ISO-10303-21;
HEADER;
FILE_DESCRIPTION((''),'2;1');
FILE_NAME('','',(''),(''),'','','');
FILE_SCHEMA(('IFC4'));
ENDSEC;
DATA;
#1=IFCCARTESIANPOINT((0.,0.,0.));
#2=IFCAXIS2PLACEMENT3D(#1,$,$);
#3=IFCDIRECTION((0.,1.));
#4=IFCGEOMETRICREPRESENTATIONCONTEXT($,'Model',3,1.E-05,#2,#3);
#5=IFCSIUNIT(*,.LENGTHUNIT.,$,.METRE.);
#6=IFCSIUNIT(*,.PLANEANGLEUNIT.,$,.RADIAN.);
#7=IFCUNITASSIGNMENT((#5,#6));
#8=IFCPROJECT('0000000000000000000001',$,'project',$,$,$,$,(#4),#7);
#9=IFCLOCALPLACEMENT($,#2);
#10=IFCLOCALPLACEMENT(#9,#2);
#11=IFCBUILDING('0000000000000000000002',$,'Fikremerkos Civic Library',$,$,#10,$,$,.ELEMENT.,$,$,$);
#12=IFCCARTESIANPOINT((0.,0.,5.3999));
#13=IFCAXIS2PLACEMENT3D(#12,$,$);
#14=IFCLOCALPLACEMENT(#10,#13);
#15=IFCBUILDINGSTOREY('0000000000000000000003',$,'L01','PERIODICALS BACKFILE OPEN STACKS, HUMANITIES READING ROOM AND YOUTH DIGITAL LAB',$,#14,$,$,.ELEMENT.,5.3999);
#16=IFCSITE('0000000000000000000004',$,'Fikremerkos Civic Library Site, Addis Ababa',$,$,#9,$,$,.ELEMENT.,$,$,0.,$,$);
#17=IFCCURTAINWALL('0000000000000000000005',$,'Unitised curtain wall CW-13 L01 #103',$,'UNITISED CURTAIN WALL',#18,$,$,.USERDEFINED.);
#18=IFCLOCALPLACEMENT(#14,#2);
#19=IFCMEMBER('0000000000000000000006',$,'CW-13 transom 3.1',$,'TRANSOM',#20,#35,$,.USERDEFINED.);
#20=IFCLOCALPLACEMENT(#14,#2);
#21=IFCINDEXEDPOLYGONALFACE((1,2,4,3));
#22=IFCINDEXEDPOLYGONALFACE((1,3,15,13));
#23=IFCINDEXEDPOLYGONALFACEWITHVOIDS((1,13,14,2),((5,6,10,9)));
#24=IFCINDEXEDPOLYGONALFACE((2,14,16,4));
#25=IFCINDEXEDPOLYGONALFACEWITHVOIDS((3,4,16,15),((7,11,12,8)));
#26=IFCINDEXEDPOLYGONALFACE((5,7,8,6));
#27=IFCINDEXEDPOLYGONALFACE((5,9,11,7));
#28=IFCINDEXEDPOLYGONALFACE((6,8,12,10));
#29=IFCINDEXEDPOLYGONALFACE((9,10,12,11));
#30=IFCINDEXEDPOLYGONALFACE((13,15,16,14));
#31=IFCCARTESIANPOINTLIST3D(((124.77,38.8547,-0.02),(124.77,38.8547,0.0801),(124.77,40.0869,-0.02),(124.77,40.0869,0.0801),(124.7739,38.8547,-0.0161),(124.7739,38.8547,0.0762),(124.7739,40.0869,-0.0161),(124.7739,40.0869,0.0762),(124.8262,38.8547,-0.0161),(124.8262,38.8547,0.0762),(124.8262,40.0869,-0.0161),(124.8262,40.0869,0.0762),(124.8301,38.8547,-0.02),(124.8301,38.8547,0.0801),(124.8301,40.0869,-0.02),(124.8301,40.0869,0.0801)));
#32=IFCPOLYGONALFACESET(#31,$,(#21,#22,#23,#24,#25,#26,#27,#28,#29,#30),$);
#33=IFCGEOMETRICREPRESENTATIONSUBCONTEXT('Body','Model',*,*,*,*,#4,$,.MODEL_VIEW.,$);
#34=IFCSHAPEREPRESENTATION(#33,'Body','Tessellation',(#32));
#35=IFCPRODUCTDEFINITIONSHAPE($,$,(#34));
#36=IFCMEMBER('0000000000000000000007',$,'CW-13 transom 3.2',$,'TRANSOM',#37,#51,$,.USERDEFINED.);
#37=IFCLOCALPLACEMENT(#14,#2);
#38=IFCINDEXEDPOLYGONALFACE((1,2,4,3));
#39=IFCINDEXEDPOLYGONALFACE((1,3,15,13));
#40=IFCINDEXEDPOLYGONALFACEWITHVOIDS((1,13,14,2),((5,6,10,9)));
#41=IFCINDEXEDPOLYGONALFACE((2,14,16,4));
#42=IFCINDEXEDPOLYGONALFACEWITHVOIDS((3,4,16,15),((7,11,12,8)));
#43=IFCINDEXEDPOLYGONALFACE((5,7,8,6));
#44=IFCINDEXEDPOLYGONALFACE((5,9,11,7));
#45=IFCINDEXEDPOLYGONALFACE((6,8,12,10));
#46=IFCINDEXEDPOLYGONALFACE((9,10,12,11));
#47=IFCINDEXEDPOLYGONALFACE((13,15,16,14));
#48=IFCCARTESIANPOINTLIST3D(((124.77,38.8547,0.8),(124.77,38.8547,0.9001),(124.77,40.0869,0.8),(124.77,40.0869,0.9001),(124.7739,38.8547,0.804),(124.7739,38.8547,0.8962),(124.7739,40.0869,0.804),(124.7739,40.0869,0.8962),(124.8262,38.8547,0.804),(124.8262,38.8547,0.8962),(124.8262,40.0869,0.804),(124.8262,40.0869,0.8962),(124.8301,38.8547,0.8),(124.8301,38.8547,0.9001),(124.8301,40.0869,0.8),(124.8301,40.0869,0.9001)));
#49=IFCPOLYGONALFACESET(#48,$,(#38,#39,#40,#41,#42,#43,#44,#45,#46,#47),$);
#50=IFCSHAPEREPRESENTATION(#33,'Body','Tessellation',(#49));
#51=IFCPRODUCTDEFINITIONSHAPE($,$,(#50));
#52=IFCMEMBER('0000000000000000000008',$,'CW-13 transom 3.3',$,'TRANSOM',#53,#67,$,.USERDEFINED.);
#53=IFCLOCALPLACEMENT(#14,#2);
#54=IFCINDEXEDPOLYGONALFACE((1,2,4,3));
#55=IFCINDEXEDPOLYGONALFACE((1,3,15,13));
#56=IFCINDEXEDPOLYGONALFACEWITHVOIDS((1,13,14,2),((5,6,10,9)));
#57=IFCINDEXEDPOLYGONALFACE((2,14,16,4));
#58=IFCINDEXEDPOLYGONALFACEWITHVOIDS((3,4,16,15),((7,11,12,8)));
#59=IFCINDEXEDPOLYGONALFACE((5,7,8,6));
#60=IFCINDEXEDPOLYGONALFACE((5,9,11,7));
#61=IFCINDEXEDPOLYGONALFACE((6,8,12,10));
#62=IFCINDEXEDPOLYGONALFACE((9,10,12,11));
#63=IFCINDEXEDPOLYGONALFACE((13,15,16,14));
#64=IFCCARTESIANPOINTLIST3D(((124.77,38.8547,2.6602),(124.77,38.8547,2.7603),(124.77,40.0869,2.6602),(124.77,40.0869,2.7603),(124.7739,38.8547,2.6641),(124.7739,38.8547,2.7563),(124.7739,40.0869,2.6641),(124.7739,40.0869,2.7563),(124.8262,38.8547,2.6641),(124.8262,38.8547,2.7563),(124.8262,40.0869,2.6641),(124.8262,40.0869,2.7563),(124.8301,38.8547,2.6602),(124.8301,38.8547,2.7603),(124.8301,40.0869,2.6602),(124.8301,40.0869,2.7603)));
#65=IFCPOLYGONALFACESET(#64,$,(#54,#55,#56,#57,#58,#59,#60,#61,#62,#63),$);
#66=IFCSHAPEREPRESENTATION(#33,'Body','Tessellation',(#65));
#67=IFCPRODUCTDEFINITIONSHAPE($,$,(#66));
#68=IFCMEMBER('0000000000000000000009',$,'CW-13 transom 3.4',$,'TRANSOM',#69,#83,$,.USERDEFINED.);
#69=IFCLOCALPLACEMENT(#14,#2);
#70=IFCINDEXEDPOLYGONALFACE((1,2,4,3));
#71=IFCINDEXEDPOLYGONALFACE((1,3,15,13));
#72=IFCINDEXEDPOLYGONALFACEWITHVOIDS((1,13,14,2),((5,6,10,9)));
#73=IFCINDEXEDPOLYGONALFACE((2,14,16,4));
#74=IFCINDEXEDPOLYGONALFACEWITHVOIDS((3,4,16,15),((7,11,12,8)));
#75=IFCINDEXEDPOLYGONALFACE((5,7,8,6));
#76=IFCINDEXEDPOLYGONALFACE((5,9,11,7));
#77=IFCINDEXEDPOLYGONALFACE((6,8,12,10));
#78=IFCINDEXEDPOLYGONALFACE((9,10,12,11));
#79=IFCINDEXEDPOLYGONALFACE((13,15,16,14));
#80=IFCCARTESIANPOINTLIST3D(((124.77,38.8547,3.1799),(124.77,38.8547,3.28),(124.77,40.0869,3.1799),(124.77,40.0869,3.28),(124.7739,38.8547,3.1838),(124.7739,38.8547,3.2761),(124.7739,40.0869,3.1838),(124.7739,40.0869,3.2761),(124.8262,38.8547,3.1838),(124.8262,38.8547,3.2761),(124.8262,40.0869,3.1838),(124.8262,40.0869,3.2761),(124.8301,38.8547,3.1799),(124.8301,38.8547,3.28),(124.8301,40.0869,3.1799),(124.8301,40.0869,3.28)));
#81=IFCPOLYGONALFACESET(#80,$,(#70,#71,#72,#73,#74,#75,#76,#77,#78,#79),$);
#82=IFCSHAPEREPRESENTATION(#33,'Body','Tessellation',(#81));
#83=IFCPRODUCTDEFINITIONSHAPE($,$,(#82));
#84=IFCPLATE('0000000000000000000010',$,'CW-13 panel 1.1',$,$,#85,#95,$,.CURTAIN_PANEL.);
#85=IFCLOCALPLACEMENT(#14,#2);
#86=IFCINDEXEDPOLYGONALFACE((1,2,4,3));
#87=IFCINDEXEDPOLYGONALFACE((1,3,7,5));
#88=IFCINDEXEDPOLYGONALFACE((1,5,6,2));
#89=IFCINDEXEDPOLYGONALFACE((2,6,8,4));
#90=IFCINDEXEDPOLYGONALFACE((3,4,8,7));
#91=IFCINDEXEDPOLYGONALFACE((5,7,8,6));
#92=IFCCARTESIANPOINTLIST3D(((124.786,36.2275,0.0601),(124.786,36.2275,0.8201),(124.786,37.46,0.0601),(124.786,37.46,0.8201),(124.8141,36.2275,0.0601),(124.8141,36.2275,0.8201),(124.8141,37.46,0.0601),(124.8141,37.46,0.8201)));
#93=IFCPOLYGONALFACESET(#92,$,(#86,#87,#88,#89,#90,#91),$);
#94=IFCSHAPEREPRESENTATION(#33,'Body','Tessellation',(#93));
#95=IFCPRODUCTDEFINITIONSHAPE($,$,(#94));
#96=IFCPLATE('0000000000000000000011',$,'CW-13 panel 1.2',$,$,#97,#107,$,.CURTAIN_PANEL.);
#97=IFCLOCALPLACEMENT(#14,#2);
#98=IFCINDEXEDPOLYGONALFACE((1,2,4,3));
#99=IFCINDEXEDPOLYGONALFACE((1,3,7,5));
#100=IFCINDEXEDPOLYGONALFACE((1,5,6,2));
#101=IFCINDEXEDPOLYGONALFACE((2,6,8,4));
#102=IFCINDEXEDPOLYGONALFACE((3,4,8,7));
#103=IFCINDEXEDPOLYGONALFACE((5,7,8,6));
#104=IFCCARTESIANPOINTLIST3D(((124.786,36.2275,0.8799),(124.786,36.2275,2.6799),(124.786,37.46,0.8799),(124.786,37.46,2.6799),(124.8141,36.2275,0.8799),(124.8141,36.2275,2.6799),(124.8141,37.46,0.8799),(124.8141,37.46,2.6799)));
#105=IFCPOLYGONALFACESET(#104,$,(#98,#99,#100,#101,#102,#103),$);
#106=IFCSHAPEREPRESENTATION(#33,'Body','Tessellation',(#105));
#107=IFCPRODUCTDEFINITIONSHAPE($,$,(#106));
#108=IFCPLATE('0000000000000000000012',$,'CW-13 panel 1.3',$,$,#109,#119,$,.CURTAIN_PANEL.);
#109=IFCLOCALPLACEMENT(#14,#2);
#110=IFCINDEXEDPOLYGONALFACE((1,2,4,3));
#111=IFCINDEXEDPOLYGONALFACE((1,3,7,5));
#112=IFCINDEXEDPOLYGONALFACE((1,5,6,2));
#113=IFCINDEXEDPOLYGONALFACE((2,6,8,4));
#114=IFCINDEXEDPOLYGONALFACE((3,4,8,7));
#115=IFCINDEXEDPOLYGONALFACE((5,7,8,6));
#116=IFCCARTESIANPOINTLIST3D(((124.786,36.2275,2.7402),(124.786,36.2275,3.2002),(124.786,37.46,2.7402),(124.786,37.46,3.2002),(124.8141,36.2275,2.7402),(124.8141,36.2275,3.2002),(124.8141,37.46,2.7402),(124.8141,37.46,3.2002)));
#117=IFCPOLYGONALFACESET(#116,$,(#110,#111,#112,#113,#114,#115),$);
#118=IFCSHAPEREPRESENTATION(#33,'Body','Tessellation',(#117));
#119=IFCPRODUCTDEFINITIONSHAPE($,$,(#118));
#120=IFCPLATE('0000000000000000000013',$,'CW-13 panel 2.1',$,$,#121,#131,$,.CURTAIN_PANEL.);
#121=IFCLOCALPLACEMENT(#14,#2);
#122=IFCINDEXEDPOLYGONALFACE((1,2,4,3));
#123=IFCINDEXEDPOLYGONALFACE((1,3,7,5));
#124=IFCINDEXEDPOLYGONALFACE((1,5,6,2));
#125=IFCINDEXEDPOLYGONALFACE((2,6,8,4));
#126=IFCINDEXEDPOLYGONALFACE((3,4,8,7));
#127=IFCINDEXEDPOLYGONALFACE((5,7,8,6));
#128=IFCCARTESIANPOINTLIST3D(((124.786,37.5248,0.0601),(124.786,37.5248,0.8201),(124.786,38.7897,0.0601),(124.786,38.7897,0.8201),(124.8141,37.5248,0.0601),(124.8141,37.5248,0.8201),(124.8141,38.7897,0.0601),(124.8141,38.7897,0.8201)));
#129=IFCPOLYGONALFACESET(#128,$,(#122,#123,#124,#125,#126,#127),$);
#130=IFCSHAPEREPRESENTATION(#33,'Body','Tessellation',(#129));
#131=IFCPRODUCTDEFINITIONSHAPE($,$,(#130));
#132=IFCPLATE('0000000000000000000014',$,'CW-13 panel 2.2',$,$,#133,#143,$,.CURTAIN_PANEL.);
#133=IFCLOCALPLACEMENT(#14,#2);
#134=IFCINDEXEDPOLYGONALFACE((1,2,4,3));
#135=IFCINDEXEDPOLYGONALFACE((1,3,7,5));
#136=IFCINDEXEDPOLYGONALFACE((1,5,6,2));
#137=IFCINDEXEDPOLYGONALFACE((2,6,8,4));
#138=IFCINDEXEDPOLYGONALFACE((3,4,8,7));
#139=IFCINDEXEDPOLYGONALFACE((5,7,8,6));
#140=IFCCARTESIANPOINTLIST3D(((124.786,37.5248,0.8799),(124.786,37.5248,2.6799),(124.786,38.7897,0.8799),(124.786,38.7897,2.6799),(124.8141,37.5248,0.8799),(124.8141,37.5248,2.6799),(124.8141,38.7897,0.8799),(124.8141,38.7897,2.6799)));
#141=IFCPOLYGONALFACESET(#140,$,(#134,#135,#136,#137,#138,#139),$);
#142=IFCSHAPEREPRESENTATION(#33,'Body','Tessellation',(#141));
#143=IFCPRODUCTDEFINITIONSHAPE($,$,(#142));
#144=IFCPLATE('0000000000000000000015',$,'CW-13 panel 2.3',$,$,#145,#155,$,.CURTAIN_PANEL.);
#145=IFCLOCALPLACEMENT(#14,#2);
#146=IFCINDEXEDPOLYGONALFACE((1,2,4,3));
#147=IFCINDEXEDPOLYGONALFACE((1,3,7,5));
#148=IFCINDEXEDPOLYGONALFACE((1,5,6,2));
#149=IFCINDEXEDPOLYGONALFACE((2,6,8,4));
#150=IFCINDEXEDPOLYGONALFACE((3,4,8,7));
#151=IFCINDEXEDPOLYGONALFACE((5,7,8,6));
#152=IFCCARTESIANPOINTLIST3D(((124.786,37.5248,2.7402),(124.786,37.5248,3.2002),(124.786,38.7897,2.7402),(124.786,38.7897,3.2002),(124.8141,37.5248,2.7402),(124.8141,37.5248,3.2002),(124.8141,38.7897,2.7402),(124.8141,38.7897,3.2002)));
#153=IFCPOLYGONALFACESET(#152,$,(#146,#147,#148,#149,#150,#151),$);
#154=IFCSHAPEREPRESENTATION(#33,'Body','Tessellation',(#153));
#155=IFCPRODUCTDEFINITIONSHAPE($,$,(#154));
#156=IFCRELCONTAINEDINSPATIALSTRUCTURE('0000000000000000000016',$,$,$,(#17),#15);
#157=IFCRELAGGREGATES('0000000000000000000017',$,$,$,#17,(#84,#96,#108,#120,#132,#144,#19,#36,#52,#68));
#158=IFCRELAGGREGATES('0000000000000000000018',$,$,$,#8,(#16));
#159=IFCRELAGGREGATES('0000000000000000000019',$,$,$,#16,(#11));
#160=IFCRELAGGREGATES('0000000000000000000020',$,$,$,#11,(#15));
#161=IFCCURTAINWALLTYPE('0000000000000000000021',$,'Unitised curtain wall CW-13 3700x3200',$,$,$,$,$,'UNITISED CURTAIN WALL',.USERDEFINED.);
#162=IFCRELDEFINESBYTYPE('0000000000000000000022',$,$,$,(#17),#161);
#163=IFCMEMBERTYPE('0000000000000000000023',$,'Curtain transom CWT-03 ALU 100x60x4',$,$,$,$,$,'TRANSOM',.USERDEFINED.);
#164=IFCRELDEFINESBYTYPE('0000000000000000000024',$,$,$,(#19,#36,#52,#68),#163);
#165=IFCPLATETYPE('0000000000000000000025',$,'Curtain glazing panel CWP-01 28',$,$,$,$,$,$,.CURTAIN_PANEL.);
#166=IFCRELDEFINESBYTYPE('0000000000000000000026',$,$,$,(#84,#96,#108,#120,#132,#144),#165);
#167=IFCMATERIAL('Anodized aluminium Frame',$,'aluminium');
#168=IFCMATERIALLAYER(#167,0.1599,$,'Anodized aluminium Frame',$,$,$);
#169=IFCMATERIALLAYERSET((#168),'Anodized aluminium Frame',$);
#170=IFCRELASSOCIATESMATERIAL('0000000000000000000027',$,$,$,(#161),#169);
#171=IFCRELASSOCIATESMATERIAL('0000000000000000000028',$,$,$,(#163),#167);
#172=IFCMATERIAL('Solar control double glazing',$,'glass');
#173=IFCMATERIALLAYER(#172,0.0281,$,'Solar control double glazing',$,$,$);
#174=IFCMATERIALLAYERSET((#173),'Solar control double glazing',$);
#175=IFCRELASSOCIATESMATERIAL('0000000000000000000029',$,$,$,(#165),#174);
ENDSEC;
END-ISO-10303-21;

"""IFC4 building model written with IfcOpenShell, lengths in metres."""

from ifc_helpers import new_model, si_unit, direction, frame, origin, origin_2d, place, context, subcontext, project, spatial, rectangle, hollow_rectangle, extrude, material, layer, layer_set, material_profile, profile_set, type_object, element, aggregate, save


model = new_model("IFC4")

# Units and contexts
model_context = context("Model", 3, precision=1e-05, world=origin(), true_north=direction((0.0, 1.0)))
body_context = subcontext(model_context, "Body", "Model", "MODEL_VIEW")
ifc_project = project(units=[si_unit("LENGTHUNIT", "METRE"), si_unit("PLANEANGLEUNIT", "RADIAN")], contexts=[model_context])

# Site, building, storey
site_placement = place(None, origin())
site = spatial("IfcSite", under=ifc_project, at=site_placement, Name="Fikremerkos Civic Library Site, Addis Ababa", CompositionType="ELEMENT", RefElevation=0.0)
building_placement = place(site_placement, origin())
building = spatial("IfcBuilding", under=site, at=building_placement, Name="Fikremerkos Civic Library", CompositionType="ELEMENT")
storey_placement = place(building_placement, frame((0.0, 0.0, 5.3999)))
storey = spatial("IfcBuildingStorey", under=building, at=storey_placement, Name="L01", Description="PERIODICALS BACKFILE OPEN STACKS, HUMANITIES READING ROOM AND YOUTH DIGITAL LAB", CompositionType="ELEMENT", Elevation=5.3999)

# Curtain wall, members, plates
ifc_material_1 = material(Name="Anodized aluminium Frame", Category="aluminium")
ifc_layer_1 = layer(ifc_material_1, 0.1599, Name="Anodized aluminium Frame")
ifc_layer_set_1 = layer_set([ifc_layer_1], Name="Anodized aluminium Frame")
curtain_wall_type = type_object("IfcCurtainWallType", Name="Unitised curtain wall CW-13 3700x3200", ElementType="UNITISED CURTAIN WALL", PredefinedType="USERDEFINED", material=ifc_layer_set_1)
curtain_wall_placement = place(storey_placement, origin())
curtain_wall = element("IfcCurtainWall", 1, at=curtain_wall_placement, inside=storey, type_object=curtain_wall_type, Name="Unitised curtain wall CW-13 L01 #103", ObjectType="UNITISED CURTAIN WALL", PredefinedType="USERDEFINED")
ifc_material_profile_1 = material_profile(ifc_material_1, hollow_rectangle(XDim=0.0601, YDim=0.1001, WallThickness=0.0039, at=origin_2d()), Name="ALU 100x60x4")
ifc_profile_set_1 = profile_set([ifc_material_profile_1], Name="Anodized aluminium Frame")
member_type_1 = type_object("IfcMemberType", Name="Curtain transom CWT-03 ALU 100x60x4", ElementType="TRANSOM", PredefinedType="USERDEFINED", material=ifc_profile_set_1)
member_1_placement = place(storey_placement, frame((124.8, 38.8547, 0.03), z_axis=(0.0, 1.0, 0.0), x_axis=(-1.0, 0.0, 0.0)))
member_1 = element("IfcMember", 2, at=member_1_placement, type_object=member_type_1, Name="CW-13 transom 3.1", ObjectType="TRANSOM", PredefinedType="USERDEFINED", context=body_context, shape_type="SweptSolid", body=[
    extrude(hollow_rectangle(XDim=0.0601, YDim=0.1001, WallThickness=0.0039, at=origin_2d()), origin(), (0.0, 0.0, 1.0), 1.2322),
])
member_2_placement = place(storey_placement, frame((124.8, 38.8547, 0.8501), z_axis=(0.0, 1.0, 0.0), x_axis=(-1.0, 0.0, 0.0)))
member_2 = element("IfcMember", 3, at=member_2_placement, type_object=member_type_1, Name="CW-13 transom 3.2", ObjectType="TRANSOM", PredefinedType="USERDEFINED", context=body_context, shape_type="SweptSolid", body=[
    extrude(hollow_rectangle(XDim=0.0601, YDim=0.1001, WallThickness=0.0039, at=origin_2d()), origin(), (0.0, 0.0, 1.0), 1.2322),
])
member_3_placement = place(storey_placement, frame((124.8, 38.8547, 2.7102), z_axis=(0.0, 1.0, 0.0), x_axis=(-1.0, 0.0, 0.0)))
member_3 = element("IfcMember", 4, at=member_3_placement, type_object=member_type_1, Name="CW-13 transom 3.3", ObjectType="TRANSOM", PredefinedType="USERDEFINED", context=body_context, shape_type="SweptSolid", body=[
    extrude(hollow_rectangle(XDim=0.0601, YDim=0.1001, WallThickness=0.0039, at=origin_2d()), origin(), (0.0, 0.0, 1.0), 1.2322),
])
member_4_placement = place(storey_placement, frame((124.8, 38.8547, 3.23), z_axis=(0.0, 1.0, 0.0), x_axis=(-1.0, 0.0, 0.0)))
member_4 = element("IfcMember", 5, at=member_4_placement, type_object=member_type_1, Name="CW-13 transom 3.4", ObjectType="TRANSOM", PredefinedType="USERDEFINED", context=body_context, shape_type="SweptSolid", body=[
    extrude(hollow_rectangle(XDim=0.0601, YDim=0.1001, WallThickness=0.0039, at=origin_2d()), origin(), (0.0, 0.0, 1.0), 1.2322),
])
ifc_material_2 = material(Name="Solar control double glazing", Category="glass")
ifc_layer_2 = layer(ifc_material_2, 0.0281, Name="Solar control double glazing")
ifc_layer_set_2 = layer_set([ifc_layer_2], Name="Solar control double glazing")
plate_type = type_object("IfcPlateType", Name="Curtain glazing panel CWP-01 28", PredefinedType="CURTAIN_PANEL", material=ifc_layer_set_2)
plate_1_placement = place(storey_placement, frame((124.8, 36.8438, 0.0601), z_axis=(0.0, 0.0, 1.0), x_axis=(0.0, 1.0, 0.0)))
plate_1 = element("IfcPlate", 6, at=plate_1_placement, type_object=plate_type, Name="CW-13 panel 1.1", PredefinedType="CURTAIN_PANEL", context=body_context, shape_type="SweptSolid", body=[
    extrude(rectangle(XDim=1.2324, YDim=0.0281, at=origin_2d()), origin(), (0.0, 0.0, 1.0), 0.76),
])
plate_2_placement = place(storey_placement, frame((124.8, 36.8438, 0.8799), z_axis=(0.0, 0.0, 1.0), x_axis=(0.0, 1.0, 0.0)))
plate_2 = element("IfcPlate", 7, at=plate_2_placement, type_object=plate_type, Name="CW-13 panel 1.2", PredefinedType="CURTAIN_PANEL", context=body_context, shape_type="SweptSolid", body=[
    extrude(rectangle(XDim=1.2324, YDim=0.0281, at=origin_2d()), origin(), (0.0, 0.0, 1.0), 1.8),
])
plate_3_placement = place(storey_placement, frame((124.8, 36.8438, 2.7402), z_axis=(0.0, 0.0, 1.0), x_axis=(0.0, 1.0, 0.0)))
plate_3 = element("IfcPlate", 8, at=plate_3_placement, type_object=plate_type, Name="CW-13 panel 1.3", PredefinedType="CURTAIN_PANEL", context=body_context, shape_type="SweptSolid", body=[
    extrude(rectangle(XDim=1.2324, YDim=0.0281, at=origin_2d()), origin(), (0.0, 0.0, 1.0), 0.46),
])
plate_4_placement = place(storey_placement, frame((124.8, 38.1572, 0.0601), z_axis=(0.0, 0.0, 1.0), x_axis=(0.0, 1.0, 0.0)))
plate_4 = element("IfcPlate", 9, at=plate_4_placement, type_object=plate_type, Name="CW-13 panel 2.1", PredefinedType="CURTAIN_PANEL", context=body_context, shape_type="SweptSolid", body=[
    extrude(rectangle(XDim=1.2649, YDim=0.0281, at=origin_2d()), origin(), (0.0, 0.0, 1.0), 0.76),
])
plate_5_placement = place(storey_placement, frame((124.8, 38.1572, 0.8799), z_axis=(0.0, 0.0, 1.0), x_axis=(0.0, 1.0, 0.0)))
plate_5 = element("IfcPlate", 10, at=plate_5_placement, type_object=plate_type, Name="CW-13 panel 2.2", PredefinedType="CURTAIN_PANEL", context=body_context, shape_type="SweptSolid", body=[
    extrude(rectangle(XDim=1.2649, YDim=0.0281, at=origin_2d()), origin(), (0.0, 0.0, 1.0), 1.8),
])
plate_6_placement = place(storey_placement, frame((124.8, 38.1572, 2.7402), z_axis=(0.0, 0.0, 1.0), x_axis=(0.0, 1.0, 0.0)))
plate_6 = element("IfcPlate", 11, at=plate_6_placement, type_object=plate_type, Name="CW-13 panel 2.3", PredefinedType="CURTAIN_PANEL", context=body_context, shape_type="SweptSolid", body=[
    extrude(rectangle(XDim=1.2649, YDim=0.0281, at=origin_2d()), origin(), (0.0, 0.0, 1.0), 0.46),
])
aggregate(curtain_wall, [plate_1, plate_2, plate_3, plate_4, plate_5, plate_6, member_1, member_2, member_3, member_4])

save(model, "model.ifc")
